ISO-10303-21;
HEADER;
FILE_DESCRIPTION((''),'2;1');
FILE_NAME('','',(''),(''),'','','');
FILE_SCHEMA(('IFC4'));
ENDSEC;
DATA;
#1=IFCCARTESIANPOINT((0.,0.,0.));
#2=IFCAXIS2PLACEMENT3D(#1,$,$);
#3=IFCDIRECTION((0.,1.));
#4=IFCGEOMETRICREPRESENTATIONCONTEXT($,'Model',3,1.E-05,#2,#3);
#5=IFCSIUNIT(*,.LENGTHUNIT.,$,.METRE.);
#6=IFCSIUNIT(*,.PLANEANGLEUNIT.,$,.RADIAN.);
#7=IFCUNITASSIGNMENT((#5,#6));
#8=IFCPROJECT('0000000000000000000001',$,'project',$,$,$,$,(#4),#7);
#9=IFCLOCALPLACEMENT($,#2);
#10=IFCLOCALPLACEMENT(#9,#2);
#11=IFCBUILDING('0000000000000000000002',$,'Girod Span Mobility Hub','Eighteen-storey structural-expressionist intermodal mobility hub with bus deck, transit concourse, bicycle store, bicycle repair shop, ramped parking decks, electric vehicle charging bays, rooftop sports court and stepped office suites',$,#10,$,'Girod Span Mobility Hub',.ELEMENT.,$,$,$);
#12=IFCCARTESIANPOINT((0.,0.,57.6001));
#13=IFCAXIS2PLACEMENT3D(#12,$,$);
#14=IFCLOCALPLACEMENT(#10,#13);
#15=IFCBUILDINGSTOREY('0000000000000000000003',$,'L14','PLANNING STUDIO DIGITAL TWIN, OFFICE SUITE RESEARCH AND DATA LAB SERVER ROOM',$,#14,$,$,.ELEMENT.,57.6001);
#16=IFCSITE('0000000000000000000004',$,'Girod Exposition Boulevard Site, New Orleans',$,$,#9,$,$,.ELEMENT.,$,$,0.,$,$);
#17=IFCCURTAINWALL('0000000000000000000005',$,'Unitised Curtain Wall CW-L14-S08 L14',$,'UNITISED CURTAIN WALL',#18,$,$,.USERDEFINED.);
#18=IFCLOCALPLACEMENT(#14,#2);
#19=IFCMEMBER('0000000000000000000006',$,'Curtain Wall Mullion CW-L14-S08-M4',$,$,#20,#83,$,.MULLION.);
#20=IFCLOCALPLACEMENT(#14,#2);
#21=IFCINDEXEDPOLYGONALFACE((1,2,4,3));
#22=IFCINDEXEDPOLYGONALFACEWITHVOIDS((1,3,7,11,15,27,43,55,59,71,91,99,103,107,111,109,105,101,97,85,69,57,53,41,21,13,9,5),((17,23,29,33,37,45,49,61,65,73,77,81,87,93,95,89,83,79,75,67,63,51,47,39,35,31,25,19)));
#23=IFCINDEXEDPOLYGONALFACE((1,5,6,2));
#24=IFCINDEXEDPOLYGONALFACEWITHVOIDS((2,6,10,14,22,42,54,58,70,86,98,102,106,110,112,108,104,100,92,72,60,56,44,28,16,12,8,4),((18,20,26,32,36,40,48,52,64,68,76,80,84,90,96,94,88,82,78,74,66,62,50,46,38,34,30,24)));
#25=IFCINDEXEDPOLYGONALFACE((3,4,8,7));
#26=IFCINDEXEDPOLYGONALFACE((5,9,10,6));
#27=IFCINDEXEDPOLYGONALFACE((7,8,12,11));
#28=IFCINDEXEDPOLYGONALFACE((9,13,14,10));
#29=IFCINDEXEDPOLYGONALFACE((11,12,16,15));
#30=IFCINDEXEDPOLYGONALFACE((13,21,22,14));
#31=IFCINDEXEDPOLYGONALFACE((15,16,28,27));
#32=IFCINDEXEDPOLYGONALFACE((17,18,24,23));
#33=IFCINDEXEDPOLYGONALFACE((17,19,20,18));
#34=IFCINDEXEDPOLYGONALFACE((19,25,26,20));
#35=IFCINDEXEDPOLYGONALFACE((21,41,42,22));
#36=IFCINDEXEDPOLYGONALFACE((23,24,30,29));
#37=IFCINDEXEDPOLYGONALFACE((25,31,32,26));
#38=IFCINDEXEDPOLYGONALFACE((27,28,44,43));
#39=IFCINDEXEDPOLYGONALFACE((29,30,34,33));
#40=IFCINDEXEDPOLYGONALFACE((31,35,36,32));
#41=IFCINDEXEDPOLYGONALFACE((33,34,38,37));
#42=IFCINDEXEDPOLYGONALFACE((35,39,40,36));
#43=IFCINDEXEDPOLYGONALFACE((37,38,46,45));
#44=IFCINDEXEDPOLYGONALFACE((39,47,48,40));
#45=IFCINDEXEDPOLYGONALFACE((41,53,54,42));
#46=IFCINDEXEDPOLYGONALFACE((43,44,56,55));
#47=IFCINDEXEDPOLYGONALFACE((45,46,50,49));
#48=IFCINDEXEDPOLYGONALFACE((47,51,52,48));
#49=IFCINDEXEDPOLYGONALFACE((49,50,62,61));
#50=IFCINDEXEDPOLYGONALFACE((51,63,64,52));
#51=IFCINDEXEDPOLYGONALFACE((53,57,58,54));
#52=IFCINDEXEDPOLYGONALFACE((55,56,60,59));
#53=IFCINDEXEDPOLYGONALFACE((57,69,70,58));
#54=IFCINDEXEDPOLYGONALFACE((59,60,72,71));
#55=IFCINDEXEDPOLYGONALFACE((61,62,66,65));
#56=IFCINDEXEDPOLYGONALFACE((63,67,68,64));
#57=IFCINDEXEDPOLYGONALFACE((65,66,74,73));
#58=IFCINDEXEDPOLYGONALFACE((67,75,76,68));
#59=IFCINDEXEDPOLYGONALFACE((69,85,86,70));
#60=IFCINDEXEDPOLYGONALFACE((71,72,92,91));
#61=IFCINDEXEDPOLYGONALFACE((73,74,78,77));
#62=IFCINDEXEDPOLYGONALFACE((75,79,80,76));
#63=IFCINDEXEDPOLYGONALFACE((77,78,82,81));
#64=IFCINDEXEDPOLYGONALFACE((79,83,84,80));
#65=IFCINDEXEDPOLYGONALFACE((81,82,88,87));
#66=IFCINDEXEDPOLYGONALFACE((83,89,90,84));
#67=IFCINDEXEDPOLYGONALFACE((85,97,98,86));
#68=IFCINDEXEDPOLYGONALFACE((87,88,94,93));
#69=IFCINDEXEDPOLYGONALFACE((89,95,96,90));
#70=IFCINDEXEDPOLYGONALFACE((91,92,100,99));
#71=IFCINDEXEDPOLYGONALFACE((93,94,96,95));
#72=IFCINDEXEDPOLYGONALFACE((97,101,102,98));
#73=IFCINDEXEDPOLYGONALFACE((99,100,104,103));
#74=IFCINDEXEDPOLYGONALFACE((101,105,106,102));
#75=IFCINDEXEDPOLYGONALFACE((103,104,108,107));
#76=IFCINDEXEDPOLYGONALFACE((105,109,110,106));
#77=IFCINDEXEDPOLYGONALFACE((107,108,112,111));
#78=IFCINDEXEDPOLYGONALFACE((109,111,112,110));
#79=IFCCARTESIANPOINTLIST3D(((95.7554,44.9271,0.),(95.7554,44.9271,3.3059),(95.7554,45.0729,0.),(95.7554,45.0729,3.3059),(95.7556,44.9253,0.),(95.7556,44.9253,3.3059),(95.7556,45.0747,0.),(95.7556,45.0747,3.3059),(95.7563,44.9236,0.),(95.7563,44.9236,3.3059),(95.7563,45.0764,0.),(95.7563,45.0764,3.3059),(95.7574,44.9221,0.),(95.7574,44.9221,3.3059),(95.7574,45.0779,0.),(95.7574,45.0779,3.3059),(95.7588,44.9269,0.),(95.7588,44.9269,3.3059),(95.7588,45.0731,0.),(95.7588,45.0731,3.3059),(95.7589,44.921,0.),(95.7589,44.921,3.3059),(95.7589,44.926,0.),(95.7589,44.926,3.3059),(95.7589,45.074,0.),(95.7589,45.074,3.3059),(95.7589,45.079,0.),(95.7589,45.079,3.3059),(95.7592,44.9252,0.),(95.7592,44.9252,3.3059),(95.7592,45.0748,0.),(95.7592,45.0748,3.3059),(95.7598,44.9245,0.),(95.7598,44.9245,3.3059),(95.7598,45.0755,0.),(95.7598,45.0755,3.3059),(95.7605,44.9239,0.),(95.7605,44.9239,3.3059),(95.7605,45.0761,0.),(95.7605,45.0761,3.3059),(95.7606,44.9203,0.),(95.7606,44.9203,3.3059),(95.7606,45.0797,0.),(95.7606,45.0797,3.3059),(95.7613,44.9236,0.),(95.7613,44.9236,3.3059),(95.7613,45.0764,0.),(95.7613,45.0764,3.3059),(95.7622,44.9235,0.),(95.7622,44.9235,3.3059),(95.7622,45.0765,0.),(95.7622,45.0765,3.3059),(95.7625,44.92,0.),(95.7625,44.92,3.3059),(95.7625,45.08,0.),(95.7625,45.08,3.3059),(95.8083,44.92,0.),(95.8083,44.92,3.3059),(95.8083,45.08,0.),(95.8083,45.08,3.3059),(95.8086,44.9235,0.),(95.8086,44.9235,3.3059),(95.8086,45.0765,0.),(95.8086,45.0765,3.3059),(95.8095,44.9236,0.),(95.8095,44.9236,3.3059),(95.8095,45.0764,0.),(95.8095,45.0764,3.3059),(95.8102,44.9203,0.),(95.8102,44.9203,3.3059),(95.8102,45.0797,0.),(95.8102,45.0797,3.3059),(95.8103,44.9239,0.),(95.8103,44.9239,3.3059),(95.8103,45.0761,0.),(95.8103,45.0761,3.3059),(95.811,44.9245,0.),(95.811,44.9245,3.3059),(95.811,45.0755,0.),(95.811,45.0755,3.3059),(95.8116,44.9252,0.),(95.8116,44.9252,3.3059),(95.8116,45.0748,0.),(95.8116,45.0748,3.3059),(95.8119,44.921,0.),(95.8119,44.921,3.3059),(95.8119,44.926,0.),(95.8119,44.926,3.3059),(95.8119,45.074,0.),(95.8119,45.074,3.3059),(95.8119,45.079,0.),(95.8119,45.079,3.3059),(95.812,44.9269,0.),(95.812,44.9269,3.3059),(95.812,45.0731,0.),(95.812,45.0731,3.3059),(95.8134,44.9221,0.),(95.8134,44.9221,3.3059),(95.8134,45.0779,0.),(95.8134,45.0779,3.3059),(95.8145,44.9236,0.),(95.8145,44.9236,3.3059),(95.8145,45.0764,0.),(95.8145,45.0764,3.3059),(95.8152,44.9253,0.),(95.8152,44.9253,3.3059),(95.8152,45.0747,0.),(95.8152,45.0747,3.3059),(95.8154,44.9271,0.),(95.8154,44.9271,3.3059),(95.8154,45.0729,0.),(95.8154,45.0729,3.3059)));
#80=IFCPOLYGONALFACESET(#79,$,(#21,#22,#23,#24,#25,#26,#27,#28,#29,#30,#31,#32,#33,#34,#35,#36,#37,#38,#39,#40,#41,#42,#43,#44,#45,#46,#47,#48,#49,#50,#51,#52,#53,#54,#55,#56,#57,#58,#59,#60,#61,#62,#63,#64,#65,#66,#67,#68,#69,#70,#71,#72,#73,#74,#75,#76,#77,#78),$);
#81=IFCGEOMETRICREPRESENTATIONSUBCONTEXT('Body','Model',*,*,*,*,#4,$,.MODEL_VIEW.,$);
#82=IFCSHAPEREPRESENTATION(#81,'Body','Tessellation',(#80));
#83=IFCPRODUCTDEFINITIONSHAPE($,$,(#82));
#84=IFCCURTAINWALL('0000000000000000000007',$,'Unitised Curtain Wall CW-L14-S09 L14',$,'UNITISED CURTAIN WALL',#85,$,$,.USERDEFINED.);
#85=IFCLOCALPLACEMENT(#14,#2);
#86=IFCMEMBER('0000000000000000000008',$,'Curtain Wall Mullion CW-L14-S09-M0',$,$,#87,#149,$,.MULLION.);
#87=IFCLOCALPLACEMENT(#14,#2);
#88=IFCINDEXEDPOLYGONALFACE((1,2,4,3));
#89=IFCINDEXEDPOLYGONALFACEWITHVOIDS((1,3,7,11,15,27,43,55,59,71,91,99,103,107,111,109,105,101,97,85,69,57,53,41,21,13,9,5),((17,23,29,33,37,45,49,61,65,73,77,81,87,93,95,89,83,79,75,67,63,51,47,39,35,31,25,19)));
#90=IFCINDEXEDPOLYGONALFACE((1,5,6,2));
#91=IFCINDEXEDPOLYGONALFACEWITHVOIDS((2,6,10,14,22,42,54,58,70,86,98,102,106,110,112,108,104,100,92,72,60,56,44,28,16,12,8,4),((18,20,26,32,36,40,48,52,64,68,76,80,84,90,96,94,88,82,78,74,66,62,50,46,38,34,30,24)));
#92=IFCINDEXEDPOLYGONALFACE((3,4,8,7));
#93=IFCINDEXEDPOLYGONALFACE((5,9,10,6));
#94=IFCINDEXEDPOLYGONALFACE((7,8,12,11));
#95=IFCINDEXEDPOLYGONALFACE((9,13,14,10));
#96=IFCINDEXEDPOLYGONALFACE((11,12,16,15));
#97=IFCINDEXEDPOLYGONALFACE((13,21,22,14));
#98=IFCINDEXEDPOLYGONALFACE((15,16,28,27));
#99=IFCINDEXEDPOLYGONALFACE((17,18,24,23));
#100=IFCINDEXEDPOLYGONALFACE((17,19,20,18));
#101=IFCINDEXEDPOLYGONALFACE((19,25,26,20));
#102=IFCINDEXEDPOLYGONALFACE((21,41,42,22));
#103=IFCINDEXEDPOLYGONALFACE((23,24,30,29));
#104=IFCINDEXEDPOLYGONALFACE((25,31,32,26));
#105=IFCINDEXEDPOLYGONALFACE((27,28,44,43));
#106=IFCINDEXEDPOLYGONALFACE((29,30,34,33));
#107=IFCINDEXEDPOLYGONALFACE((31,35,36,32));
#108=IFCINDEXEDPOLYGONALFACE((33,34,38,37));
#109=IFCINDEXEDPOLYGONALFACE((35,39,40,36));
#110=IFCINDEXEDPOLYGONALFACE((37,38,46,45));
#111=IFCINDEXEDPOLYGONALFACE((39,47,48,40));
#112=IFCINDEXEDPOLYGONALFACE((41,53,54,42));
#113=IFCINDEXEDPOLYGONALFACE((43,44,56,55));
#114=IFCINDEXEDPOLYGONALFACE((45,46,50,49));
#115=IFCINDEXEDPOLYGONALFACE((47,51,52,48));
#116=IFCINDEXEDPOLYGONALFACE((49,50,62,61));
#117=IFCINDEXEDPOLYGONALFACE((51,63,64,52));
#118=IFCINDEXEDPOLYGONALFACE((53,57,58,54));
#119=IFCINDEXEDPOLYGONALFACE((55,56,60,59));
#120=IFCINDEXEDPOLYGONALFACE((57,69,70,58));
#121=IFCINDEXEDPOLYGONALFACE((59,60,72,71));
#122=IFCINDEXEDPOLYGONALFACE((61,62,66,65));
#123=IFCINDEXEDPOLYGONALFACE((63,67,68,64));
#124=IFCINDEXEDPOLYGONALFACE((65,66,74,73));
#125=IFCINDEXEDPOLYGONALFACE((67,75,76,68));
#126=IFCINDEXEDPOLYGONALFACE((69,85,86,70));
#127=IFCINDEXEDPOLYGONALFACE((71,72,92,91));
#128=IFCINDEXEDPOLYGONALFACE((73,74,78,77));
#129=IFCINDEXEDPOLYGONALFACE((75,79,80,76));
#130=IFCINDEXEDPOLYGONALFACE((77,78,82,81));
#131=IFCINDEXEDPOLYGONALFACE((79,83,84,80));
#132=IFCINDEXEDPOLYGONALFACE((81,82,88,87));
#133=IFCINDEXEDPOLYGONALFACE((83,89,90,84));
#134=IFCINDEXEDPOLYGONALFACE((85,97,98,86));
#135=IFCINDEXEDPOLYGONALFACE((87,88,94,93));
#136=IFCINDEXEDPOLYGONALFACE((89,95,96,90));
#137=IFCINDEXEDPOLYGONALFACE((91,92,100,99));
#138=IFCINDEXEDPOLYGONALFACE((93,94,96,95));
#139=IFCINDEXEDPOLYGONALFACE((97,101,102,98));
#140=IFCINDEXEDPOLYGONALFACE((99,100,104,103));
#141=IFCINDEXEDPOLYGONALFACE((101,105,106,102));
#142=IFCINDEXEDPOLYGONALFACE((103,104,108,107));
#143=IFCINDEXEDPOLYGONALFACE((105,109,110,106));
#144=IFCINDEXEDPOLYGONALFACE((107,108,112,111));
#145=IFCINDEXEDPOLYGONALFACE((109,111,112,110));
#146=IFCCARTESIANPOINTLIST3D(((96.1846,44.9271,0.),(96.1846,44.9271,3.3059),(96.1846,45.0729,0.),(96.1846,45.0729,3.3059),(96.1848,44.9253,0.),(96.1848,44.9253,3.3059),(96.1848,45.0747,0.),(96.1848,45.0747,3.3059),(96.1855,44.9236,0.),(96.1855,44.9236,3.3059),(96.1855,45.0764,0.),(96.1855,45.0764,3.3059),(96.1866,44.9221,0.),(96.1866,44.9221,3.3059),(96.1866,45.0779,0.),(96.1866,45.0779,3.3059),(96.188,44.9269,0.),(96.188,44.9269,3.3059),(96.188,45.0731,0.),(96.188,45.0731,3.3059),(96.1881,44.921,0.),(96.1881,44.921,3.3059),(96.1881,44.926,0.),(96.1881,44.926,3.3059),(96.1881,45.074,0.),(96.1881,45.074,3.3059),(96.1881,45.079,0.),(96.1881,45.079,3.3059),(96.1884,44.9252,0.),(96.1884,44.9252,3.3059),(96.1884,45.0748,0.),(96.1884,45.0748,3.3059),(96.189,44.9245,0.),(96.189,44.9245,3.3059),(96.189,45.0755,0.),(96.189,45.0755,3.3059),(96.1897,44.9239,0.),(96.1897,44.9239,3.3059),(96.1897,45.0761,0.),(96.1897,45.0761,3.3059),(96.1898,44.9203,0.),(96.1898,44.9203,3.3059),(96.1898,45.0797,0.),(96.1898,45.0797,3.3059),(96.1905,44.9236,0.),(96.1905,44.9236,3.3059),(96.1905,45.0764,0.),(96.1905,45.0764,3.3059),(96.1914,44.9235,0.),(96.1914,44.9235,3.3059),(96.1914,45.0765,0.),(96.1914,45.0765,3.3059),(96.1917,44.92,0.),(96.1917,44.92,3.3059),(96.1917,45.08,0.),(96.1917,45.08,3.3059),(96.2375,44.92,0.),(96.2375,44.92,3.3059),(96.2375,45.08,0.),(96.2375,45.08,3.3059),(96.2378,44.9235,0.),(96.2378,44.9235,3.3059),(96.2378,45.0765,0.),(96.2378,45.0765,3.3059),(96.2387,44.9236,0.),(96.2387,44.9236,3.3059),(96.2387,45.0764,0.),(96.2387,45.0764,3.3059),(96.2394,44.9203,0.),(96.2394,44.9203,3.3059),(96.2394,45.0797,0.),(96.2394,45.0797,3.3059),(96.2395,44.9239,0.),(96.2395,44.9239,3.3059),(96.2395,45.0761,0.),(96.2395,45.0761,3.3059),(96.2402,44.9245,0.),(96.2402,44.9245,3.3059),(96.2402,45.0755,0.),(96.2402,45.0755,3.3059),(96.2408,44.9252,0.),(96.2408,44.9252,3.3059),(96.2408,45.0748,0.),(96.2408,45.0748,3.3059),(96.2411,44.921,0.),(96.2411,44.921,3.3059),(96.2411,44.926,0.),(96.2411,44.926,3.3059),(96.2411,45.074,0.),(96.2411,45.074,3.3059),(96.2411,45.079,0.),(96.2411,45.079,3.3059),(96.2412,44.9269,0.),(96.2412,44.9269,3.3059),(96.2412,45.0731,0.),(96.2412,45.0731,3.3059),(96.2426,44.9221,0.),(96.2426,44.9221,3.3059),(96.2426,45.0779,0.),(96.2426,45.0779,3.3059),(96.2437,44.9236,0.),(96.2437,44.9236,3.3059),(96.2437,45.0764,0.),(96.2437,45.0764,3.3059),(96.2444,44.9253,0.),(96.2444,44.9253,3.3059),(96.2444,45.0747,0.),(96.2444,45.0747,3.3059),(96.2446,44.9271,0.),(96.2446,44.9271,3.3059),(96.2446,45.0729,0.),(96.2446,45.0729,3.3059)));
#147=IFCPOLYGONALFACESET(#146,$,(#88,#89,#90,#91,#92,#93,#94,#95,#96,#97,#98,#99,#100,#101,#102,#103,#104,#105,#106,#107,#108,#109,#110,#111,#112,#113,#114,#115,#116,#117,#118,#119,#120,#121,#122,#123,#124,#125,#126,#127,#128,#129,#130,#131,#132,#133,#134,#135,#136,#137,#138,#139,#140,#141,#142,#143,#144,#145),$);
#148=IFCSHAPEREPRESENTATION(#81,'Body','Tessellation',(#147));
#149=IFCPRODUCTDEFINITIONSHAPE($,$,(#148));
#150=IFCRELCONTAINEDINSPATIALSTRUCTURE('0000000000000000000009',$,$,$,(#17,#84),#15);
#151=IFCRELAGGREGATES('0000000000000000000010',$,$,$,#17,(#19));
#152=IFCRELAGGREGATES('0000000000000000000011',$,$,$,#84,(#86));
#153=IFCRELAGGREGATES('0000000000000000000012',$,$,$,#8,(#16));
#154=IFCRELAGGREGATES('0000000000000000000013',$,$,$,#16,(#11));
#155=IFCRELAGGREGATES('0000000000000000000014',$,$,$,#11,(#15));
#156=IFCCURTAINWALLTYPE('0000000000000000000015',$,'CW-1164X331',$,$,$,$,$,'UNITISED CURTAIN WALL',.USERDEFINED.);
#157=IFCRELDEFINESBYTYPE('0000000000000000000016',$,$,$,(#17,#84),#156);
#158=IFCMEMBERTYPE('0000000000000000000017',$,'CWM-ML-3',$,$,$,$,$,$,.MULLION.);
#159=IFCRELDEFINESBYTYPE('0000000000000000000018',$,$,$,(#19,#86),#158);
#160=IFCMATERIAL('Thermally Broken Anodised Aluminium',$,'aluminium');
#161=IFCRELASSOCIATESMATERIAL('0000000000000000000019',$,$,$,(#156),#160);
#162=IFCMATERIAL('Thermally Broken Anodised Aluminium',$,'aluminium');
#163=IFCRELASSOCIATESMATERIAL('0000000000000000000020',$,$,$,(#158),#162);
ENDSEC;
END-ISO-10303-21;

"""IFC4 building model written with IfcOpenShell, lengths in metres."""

from ifc_helpers import new_model, si_unit, direction, frame, origin, origin_2d, place, context, subcontext, project, spatial, hollow_rectangle, extrude, material, material_profile, profile_set, type_object, element, aggregate, save


model = new_model("IFC4")

# Units and contexts
model_context = context("Model", 3, precision=1e-05, world=origin(), true_north=direction((0.0, 1.0)))
body_context = subcontext(model_context, "Body", "Model", "MODEL_VIEW")
ifc_project = project(units=[si_unit("LENGTHUNIT", "METRE"), si_unit("PLANEANGLEUNIT", "RADIAN")], contexts=[model_context])

# Site, building, storey
site_placement = place(None, origin())
site = spatial("IfcSite", under=ifc_project, at=site_placement, Name="Girod Exposition Boulevard Site, New Orleans", CompositionType="ELEMENT", RefElevation=0.0)
building_placement = place(site_placement, origin())
building = spatial("IfcBuilding", under=site, at=building_placement, Name="Girod Span Mobility Hub", Description="Eighteen-storey structural-expressionist intermodal mobility hub with bus deck, transit concourse, bicycle store, bicycle repair shop, ramped parking decks, electric vehicle charging bays, rooftop sports court and stepped office suites", LongName="Girod Span Mobility Hub", CompositionType="ELEMENT")
storey_placement = place(building_placement, frame((0.0, 0.0, 57.6001)))
storey = spatial("IfcBuildingStorey", under=building, at=storey_placement, Name="L14", Description="PLANNING STUDIO DIGITAL TWIN, OFFICE SUITE RESEARCH AND DATA LAB SERVER ROOM", CompositionType="ELEMENT", Elevation=57.6001)

# Curtain wall, member
ifc_material_1 = material(Name="Thermally Broken Anodised Aluminium", Category="aluminium")
curtain_wall_type = type_object("IfcCurtainWallType", Name="CW-1164X331", ElementType="UNITISED CURTAIN WALL", PredefinedType="USERDEFINED", material=ifc_material_1)
curtain_wall_1_placement = place(storey_placement, origin())
curtain_wall_1 = element("IfcCurtainWall", 1, at=curtain_wall_1_placement, inside=storey, type_object=curtain_wall_type, Name="Unitised Curtain Wall CW-L14-S08 L14", ObjectType="UNITISED CURTAIN WALL", PredefinedType="USERDEFINED")
ifc_material_2 = material(Name="Thermally Broken Anodised Aluminium", Category="aluminium")
ifc_material_profile_1 = material_profile(ifc_material_2, hollow_rectangle(XDim=0.1599, YDim=0.0601, WallThickness=0.0034, InnerFilletRadius=0.0034, OuterFilletRadius=0.0071, at=origin_2d()), Name="CW-ML-60X160")
ifc_profile_set_1 = profile_set([ifc_material_profile_1], Name="Thermally Broken Anodised Aluminium")
member_type_1 = type_object("IfcMemberType", Name="CWM-ML-3", PredefinedType="MULLION", material=ifc_profile_set_1)
member_1_placement = place(storey_placement, frame((95.7854, 45.0, 0.0), z_axis=(0.0, 0.0, 1.0), x_axis=(0.0, 1.0, 0.0)))
member_1 = element("IfcMember", 2, at=member_1_placement, type_object=member_type_1, Name="Curtain Wall Mullion CW-L14-S08-M4", PredefinedType="MULLION", context=body_context, shape_type="SweptSolid", body=[
    extrude(hollow_rectangle(XDim=0.1599, YDim=0.0601, WallThickness=0.0034, InnerFilletRadius=0.0034, OuterFilletRadius=0.0071, at=origin_2d()), origin(), (0.0, 0.0, 1.0), 3.3059),
])

# Curtain wall, member
curtain_wall_2_placement = place(storey_placement, origin())
curtain_wall_2 = element("IfcCurtainWall", 3, at=curtain_wall_2_placement, inside=storey, type_object=curtain_wall_type, Name="Unitised Curtain Wall CW-L14-S09 L14", ObjectType="UNITISED CURTAIN WALL", PredefinedType="USERDEFINED")
member_2_placement = place(storey_placement, frame((96.2146, 45.0, 0.0), z_axis=(0.0, 0.0, 1.0), x_axis=(0.0, 1.0, 0.0)))
member_2 = element("IfcMember", 4, at=member_2_placement, type_object=member_type_1, Name="Curtain Wall Mullion CW-L14-S09-M0", PredefinedType="MULLION", context=body_context, shape_type="SweptSolid", body=[
    extrude(hollow_rectangle(XDim=0.1599, YDim=0.0601, WallThickness=0.0034, InnerFilletRadius=0.0034, OuterFilletRadius=0.0071, at=origin_2d()), origin(), (0.0, 0.0, 1.0), 3.3059),
])

aggregate(curtain_wall_1, [member_1])
aggregate(curtain_wall_2, [member_2])

save(model, "model.ifc")
